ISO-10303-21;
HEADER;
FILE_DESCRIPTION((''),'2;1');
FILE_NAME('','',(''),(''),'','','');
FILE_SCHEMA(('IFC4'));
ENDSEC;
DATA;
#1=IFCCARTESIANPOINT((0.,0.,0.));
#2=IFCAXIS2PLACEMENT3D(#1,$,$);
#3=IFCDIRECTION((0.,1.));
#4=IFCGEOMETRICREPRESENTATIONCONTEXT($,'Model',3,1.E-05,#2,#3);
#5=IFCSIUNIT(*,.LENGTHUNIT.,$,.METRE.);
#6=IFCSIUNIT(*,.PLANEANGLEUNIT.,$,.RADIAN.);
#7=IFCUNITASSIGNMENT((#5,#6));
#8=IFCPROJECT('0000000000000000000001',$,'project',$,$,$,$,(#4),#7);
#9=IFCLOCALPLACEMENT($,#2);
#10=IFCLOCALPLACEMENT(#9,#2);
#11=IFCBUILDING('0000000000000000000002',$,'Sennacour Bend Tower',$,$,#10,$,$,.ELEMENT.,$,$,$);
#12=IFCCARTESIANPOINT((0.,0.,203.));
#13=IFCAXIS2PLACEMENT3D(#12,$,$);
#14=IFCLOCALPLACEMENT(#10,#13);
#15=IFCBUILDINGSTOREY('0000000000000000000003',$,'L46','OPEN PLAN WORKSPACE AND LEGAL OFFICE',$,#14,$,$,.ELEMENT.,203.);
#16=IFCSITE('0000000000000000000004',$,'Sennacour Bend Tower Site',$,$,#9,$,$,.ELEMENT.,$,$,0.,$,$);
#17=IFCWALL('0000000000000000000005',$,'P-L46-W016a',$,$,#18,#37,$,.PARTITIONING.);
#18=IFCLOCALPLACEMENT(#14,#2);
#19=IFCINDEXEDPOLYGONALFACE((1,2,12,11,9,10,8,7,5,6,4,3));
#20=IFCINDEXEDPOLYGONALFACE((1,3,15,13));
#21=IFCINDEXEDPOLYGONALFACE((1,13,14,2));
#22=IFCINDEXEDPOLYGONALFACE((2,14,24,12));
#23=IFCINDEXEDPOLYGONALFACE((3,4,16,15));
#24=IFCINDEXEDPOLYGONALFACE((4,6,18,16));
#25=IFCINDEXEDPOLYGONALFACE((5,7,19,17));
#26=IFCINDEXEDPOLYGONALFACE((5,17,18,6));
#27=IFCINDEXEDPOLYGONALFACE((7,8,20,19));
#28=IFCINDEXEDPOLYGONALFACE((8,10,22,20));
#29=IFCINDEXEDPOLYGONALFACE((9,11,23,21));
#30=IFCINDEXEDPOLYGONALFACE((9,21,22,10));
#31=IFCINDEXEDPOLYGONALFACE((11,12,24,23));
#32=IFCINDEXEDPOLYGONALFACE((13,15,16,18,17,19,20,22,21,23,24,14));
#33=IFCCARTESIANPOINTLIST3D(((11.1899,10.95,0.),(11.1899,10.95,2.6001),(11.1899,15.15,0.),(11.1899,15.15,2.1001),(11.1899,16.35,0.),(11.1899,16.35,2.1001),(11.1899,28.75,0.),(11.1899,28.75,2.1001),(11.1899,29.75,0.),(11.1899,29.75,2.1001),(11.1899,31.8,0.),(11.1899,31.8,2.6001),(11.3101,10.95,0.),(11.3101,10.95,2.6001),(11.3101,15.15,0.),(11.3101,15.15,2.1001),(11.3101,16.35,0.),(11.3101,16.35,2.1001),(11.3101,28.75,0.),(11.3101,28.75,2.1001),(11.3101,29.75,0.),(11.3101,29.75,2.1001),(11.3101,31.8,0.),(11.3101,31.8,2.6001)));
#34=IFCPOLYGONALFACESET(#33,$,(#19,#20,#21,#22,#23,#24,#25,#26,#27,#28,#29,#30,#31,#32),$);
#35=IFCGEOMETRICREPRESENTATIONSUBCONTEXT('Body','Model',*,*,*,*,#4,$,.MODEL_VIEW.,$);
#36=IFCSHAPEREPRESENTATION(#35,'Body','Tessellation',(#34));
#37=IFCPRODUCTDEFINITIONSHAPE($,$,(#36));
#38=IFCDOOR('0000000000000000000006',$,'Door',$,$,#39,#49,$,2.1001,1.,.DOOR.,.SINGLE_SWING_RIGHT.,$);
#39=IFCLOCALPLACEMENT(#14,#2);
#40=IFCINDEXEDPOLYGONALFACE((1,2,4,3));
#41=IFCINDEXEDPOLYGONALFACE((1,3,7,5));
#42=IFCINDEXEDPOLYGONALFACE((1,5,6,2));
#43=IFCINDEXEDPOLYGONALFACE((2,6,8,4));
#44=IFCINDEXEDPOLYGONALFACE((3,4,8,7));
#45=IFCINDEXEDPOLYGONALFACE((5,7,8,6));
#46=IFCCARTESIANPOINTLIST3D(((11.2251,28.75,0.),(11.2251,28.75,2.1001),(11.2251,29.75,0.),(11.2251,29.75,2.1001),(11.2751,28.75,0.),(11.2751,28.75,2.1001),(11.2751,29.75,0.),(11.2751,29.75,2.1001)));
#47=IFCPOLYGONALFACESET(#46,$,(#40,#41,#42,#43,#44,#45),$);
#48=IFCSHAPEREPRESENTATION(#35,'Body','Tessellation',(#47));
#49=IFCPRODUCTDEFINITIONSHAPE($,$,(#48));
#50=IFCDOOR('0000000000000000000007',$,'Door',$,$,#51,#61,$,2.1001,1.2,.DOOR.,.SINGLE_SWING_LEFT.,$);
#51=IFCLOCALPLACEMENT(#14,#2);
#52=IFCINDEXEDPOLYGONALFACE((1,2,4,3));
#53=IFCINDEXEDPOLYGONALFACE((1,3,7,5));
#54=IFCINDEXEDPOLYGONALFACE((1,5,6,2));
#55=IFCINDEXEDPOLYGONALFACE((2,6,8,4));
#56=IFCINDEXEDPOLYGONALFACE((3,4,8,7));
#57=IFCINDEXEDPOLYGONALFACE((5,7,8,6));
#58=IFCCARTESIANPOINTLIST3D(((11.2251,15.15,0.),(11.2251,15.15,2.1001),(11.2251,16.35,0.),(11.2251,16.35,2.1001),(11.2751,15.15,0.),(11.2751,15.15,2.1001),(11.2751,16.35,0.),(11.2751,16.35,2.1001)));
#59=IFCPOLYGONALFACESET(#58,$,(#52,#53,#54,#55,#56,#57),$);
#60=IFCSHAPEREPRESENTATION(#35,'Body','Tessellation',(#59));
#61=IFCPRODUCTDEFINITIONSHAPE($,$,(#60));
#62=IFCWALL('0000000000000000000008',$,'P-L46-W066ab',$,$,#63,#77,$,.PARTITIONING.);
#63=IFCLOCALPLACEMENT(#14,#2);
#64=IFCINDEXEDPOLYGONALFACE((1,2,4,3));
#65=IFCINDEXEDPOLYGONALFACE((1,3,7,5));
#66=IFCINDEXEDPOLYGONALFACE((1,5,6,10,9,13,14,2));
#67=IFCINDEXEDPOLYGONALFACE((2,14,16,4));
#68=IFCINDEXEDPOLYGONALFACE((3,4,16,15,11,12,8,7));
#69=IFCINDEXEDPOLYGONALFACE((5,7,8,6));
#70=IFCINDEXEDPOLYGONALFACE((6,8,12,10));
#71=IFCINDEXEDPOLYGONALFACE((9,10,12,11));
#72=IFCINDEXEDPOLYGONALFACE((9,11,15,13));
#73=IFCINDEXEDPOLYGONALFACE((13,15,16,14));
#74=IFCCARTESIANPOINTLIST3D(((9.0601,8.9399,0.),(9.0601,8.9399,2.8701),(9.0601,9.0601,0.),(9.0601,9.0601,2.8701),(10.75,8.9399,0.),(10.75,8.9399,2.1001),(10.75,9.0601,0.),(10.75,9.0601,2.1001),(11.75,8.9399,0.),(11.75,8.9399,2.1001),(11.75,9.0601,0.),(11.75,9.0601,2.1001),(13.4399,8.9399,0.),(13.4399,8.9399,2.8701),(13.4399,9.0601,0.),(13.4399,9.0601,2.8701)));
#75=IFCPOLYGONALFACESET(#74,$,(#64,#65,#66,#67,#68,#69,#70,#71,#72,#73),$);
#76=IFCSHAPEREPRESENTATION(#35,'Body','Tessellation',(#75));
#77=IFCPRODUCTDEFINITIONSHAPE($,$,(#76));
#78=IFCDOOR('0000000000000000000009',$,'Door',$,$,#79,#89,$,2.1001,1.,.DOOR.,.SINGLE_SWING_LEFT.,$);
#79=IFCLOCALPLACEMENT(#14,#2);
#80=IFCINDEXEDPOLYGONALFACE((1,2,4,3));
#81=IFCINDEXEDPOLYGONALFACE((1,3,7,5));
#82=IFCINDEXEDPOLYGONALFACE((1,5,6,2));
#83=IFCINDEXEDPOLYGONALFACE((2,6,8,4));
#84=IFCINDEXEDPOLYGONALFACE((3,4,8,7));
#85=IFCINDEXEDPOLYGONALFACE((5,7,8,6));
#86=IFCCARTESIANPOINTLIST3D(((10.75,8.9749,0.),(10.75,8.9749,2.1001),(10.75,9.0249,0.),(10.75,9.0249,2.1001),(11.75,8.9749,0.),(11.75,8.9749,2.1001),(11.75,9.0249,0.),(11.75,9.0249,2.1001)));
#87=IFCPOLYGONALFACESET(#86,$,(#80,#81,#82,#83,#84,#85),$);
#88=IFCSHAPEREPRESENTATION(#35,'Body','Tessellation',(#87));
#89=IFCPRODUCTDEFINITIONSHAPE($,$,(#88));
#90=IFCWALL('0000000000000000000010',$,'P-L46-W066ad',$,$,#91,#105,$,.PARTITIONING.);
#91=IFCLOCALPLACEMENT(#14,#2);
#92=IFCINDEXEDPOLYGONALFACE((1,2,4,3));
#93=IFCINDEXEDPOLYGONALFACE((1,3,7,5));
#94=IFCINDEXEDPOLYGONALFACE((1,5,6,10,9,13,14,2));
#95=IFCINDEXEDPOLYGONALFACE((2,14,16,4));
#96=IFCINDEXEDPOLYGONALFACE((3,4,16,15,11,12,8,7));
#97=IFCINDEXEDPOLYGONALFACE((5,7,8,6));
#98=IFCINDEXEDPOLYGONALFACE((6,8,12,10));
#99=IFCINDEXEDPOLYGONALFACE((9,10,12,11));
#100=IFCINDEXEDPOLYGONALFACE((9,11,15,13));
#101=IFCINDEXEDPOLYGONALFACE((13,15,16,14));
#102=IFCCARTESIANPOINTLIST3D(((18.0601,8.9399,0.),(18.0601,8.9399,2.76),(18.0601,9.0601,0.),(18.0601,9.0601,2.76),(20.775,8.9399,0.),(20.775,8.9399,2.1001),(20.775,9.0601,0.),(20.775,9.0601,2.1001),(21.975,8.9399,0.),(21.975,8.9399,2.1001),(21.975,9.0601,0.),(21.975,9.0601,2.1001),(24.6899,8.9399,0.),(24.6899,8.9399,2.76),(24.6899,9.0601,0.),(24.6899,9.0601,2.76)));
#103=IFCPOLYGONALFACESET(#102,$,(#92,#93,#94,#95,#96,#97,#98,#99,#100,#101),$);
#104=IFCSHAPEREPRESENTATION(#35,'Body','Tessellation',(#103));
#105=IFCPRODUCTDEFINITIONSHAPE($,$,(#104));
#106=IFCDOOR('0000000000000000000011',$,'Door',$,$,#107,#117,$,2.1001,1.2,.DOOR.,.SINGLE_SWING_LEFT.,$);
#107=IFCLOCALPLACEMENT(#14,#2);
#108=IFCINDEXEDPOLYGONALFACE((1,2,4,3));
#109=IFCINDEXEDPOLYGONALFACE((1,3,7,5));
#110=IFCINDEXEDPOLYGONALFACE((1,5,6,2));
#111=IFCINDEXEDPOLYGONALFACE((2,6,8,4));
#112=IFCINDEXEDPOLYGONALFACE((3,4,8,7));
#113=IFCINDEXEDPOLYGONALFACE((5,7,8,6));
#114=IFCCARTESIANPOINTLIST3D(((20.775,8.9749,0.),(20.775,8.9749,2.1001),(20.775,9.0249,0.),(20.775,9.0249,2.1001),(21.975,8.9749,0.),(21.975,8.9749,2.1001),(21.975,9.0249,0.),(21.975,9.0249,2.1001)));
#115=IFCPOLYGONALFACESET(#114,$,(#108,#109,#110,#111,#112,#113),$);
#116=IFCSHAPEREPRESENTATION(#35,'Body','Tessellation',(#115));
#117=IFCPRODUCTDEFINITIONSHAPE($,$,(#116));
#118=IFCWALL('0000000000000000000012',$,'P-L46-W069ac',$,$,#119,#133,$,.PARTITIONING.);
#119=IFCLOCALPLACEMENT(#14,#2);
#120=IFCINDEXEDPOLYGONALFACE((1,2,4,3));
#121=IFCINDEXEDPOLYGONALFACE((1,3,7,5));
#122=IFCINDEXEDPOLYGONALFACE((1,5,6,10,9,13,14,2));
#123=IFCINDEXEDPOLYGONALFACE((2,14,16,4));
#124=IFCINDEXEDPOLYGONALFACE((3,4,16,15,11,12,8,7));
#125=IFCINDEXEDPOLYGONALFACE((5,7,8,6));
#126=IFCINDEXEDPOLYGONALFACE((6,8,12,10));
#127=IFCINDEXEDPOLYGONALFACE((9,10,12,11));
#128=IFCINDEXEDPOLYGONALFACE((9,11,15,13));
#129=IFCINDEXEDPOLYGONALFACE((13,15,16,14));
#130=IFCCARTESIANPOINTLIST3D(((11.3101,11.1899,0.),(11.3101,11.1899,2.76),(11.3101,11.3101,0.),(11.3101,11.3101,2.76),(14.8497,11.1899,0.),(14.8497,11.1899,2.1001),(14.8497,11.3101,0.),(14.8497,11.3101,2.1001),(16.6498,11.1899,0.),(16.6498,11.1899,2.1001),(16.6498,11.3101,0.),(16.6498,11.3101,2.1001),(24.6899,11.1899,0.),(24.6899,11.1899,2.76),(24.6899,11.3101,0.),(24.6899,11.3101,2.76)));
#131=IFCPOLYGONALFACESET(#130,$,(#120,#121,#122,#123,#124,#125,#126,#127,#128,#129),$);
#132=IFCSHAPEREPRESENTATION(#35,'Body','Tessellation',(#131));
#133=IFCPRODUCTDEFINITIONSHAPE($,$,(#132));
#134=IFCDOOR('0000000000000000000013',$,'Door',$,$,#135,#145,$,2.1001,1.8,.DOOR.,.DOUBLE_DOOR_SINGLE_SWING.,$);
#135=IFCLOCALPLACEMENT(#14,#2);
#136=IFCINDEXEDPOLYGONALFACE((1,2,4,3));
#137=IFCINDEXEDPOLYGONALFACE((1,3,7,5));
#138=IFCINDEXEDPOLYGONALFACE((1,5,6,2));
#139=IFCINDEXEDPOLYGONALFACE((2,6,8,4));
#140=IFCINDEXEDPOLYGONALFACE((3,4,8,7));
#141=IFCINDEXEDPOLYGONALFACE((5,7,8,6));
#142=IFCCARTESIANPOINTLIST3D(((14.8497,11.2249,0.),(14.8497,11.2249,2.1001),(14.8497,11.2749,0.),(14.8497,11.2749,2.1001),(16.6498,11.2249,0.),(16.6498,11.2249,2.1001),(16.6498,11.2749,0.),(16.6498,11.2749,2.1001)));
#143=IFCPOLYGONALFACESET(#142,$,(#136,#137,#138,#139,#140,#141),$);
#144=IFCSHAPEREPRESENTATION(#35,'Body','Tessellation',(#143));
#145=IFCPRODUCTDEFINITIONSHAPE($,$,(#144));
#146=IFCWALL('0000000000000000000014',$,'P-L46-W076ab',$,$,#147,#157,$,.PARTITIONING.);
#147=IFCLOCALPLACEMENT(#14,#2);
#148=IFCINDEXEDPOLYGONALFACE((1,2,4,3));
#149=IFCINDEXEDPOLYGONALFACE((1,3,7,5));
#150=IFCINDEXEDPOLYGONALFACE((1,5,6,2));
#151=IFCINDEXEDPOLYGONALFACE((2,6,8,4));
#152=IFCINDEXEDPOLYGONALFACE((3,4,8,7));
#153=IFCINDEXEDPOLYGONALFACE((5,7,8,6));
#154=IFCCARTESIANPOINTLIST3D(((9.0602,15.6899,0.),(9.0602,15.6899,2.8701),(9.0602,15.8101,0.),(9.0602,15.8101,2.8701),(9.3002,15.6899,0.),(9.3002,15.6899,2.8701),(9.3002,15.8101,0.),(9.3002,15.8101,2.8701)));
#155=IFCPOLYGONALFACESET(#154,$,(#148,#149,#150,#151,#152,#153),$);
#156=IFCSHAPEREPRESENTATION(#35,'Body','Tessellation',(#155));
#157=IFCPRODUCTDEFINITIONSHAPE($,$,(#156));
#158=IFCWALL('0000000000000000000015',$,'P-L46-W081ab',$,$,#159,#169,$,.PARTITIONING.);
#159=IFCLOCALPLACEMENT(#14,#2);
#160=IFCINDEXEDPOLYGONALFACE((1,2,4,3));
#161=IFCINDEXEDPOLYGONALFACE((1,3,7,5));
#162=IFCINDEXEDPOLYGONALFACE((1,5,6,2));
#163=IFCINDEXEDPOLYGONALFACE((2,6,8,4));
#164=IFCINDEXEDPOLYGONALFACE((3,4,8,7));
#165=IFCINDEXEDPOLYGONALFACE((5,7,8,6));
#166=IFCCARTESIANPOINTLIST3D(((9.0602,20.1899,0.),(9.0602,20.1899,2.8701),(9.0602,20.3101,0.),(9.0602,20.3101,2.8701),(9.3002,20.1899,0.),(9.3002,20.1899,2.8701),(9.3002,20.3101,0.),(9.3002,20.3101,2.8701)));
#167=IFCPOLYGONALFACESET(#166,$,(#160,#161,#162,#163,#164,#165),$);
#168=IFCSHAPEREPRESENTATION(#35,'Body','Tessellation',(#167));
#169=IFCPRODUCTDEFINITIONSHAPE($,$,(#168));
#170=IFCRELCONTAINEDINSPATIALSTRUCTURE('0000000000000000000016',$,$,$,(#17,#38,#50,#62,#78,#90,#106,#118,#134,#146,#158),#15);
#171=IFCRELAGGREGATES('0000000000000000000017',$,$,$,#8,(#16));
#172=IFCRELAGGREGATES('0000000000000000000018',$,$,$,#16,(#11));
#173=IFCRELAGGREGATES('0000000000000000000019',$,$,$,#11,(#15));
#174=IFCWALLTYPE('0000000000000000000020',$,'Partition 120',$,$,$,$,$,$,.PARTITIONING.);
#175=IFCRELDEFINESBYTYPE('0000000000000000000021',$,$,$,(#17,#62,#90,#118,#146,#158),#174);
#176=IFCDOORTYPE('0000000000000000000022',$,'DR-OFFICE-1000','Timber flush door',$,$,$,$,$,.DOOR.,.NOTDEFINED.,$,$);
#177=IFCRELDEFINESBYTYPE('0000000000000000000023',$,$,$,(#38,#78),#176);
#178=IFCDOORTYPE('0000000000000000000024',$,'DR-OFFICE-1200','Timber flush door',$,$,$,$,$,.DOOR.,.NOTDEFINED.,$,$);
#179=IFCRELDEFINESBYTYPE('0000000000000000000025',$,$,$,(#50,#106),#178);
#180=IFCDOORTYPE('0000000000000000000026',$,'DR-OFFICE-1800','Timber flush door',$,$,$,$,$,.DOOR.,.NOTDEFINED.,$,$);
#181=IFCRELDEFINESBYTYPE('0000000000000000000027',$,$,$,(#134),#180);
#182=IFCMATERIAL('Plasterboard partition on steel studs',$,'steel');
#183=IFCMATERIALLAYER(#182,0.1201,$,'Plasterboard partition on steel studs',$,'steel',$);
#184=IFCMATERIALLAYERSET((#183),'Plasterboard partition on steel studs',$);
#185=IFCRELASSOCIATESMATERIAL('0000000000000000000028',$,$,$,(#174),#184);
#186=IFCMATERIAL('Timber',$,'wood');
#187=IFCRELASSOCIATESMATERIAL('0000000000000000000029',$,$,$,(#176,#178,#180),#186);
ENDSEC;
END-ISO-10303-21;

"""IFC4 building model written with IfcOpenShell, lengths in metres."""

from ifc_helpers import new_model, si_unit, direction, frame, frame_2d, origin, place, context, subcontext, project, spatial, rectangle, extrude, material, layer, layer_set, type_object, element, fill, save


model = new_model("IFC4")

# Units and contexts
model_context = context("Model", 3, precision=1e-05, world=origin(), true_north=direction((0.0, 1.0)))
body_context = subcontext(model_context, "Body", "Model", "MODEL_VIEW")
ifc_project = project(units=[si_unit("LENGTHUNIT", "METRE"), si_unit("PLANEANGLEUNIT", "RADIAN")], contexts=[model_context])

# Site, building, storey
site_placement = place(None, origin())
site = spatial("IfcSite", under=ifc_project, at=site_placement, Name="Sennacour Bend Tower Site", CompositionType="ELEMENT", RefElevation=0.0)
building_placement = place(site_placement, origin())
building = spatial("IfcBuilding", under=site, at=building_placement, Name="Sennacour Bend Tower", CompositionType="ELEMENT")
storey_placement = place(building_placement, frame((0.0, 0.0, 203.0)))
storey = spatial("IfcBuildingStorey", under=building, at=storey_placement, Name="L46", Description="OPEN PLAN WORKSPACE AND LEGAL OFFICE", CompositionType="ELEMENT", Elevation=203.0)

# Wall, openings, doors
ifc_material_1 = material(Name="Plasterboard partition on steel studs", Category="steel")
ifc_layer_1 = layer(ifc_material_1, 0.1201, Name="Plasterboard partition on steel studs", Category="steel")
ifc_layer_set_1 = layer_set([ifc_layer_1], Name="Plasterboard partition on steel studs")
wall_type_1 = type_object("IfcWallType", Name="Partition 120", PredefinedType="PARTITIONING", material=ifc_layer_set_1)
wall_1_placement = place(storey_placement, frame((11.25, 10.95, 0.0), z_axis=(0.0, 0.0, 1.0), x_axis=(0.0, 1.0, 0.0)))
wall_1 = element("IfcWall", 1, at=wall_1_placement, inside=storey, type_object=wall_type_1, Name="P-L46-W016a", PredefinedType="PARTITIONING", context=body_context, shape_type="SweptSolid", body=[
    extrude(rectangle(XDim=20.8501, YDim=0.1201, at=frame_2d((10.425, 0.0))), origin(), (0.0, 0.0, 1.0), 2.6001),
])
opening_1_placement = place(wall_1_placement, frame((17.8, 0.0, 0.0)))
opening_1 = element("IfcOpeningElement", 2, at=opening_1_placement, cuts=wall_1, PredefinedType="OPENING", context=body_context, shape_type="SweptSolid", body=[
    extrude(rectangle(XDim=1.0, YDim=2.1001, at=frame_2d((0.5, 1.05))), frame((0.0, 0.0701, 0.0), z_axis=(0.0, -1.0, 0.0), x_axis=(1.0, 0.0, 0.0)), (0.0, 0.0, 1.0), 0.1401),
])
opening_2_placement = place(wall_1_placement, frame((4.2, 0.0, 0.0)))
opening_2 = element("IfcOpeningElement", 3, at=opening_2_placement, cuts=wall_1, PredefinedType="OPENING", context=body_context, shape_type="SweptSolid", body=[
    extrude(rectangle(XDim=1.2, YDim=2.1001, at=frame_2d((0.6001, 1.05))), frame((0.0, 0.0701, 0.0), z_axis=(0.0, -1.0, 0.0), x_axis=(1.0, 0.0, 0.0)), (0.0, 0.0, 1.0), 0.1401),
])
ifc_material_2 = material(Name="Timber", Category="wood")
door_type_1 = type_object("IfcDoorType", Name="DR-OFFICE-1000", Description="Timber flush door", OperationType="NOTDEFINED", PredefinedType="DOOR", material=ifc_material_2)
door_1_placement = place(opening_1_placement, origin())
door_1 = element("IfcDoor", 4, at=door_1_placement, inside=storey, type_object=door_type_1, Name="Door", OperationType="SINGLE_SWING_RIGHT", OverallHeight=2.1001, OverallWidth=1.0, PredefinedType="DOOR", context=body_context, shape_type="SweptSolid", body=[
    extrude(rectangle(XDim=1.0, YDim=2.1001, at=frame_2d((0.5, 1.05))), frame((0.0, 0.0249, 0.0), z_axis=(0.0, -1.0, 0.0), x_axis=(1.0, 0.0, 0.0)), (0.0, 0.0, 1.0), 0.05),
])
fill(opening_1, door_1)
door_type_2 = type_object("IfcDoorType", Name="DR-OFFICE-1200", Description="Timber flush door", OperationType="NOTDEFINED", PredefinedType="DOOR", material=ifc_material_2)
door_2_placement = place(opening_2_placement, origin())
door_2 = element("IfcDoor", 5, at=door_2_placement, inside=storey, type_object=door_type_2, Name="Door", OperationType="SINGLE_SWING_LEFT", OverallHeight=2.1001, OverallWidth=1.2, PredefinedType="DOOR", context=body_context, shape_type="SweptSolid", body=[
    extrude(rectangle(XDim=1.2, YDim=2.1001, at=frame_2d((0.6001, 1.05))), frame((0.0, 0.0249, 0.0), z_axis=(0.0, -1.0, 0.0), x_axis=(1.0, 0.0, 0.0)), (0.0, 0.0, 1.0), 0.05),
])
fill(opening_2, door_2)

# Walls, openings, doors
wall_2_placement = place(storey_placement, frame((9.0601, 9.0, 0.0), z_axis=(0.0, 0.0, 1.0), x_axis=(1.0, 0.0, 0.0)))
wall_2 = element("IfcWall", 6, at=wall_2_placement, inside=storey, type_object=wall_type_1, Name="P-L46-W066ab", PredefinedType="PARTITIONING", context=body_context, shape_type="SweptSolid", body=[
    extrude(rectangle(XDim=4.3799, YDim=0.1201, at=frame_2d((2.1899, 0.0))), origin(), (0.0, 0.0, 1.0), 2.8701),
])
opening_3_placement = place(wall_2_placement, frame((1.6899, 0.0, 0.0)))
opening_3 = element("IfcOpeningElement", 7, at=opening_3_placement, cuts=wall_2, PredefinedType="OPENING", context=body_context, shape_type="SweptSolid", body=[
    extrude(rectangle(XDim=1.0, YDim=2.1001, at=frame_2d((0.5, 1.05))), frame((0.0, 0.0701, 0.0), z_axis=(0.0, -1.0, 0.0), x_axis=(1.0, 0.0, 0.0)), (0.0, 0.0, 1.0), 0.1401),
])
door_3_placement = place(opening_3_placement, origin())
door_3 = element("IfcDoor", 8, at=door_3_placement, inside=storey, type_object=door_type_1, Name="Door", OperationType="SINGLE_SWING_LEFT", OverallHeight=2.1001, OverallWidth=1.0, PredefinedType="DOOR", context=body_context, shape_type="SweptSolid", body=[
    extrude(rectangle(XDim=1.0, YDim=2.1001, at=frame_2d((0.5, 1.05))), frame((0.0, 0.0249, 0.0), z_axis=(0.0, -1.0, 0.0), x_axis=(1.0, 0.0, 0.0)), (0.0, 0.0, 1.0), 0.05),
])
fill(opening_3, door_3)
wall_3_placement = place(storey_placement, frame((18.0601, 9.0, 0.0), z_axis=(0.0, 0.0, 1.0), x_axis=(1.0, 0.0, 0.0)))
wall_3 = element("IfcWall", 9, at=wall_3_placement, inside=storey, type_object=wall_type_1, Name="P-L46-W066ad", PredefinedType="PARTITIONING", context=body_context, shape_type="SweptSolid", body=[
    extrude(rectangle(XDim=6.6299, YDim=0.1201, at=frame_2d((3.3149, 0.0))), origin(), (0.0, 0.0, 1.0), 2.76),
])
opening_4_placement = place(wall_3_placement, frame((2.7148, 0.0, 0.0)))
opening_4 = element("IfcOpeningElement", 10, at=opening_4_placement, cuts=wall_3, PredefinedType="OPENING", context=body_context, shape_type="SweptSolid", body=[
    extrude(rectangle(XDim=1.2, YDim=2.1001, at=frame_2d((0.6001, 1.05))), frame((0.0, 0.0701, 0.0), z_axis=(0.0, -1.0, 0.0), x_axis=(1.0, 0.0, 0.0)), (0.0, 0.0, 1.0), 0.1401),
])
door_4_placement = place(opening_4_placement, origin())
door_4 = element("IfcDoor", 11, at=door_4_placement, inside=storey, type_object=door_type_2, Name="Door", OperationType="SINGLE_SWING_LEFT", OverallHeight=2.1001, OverallWidth=1.2, PredefinedType="DOOR", context=body_context, shape_type="SweptSolid", body=[
    extrude(rectangle(XDim=1.2, YDim=2.1001, at=frame_2d((0.6001, 1.05))), frame((0.0, 0.0249, 0.0), z_axis=(0.0, -1.0, 0.0), x_axis=(1.0, 0.0, 0.0)), (0.0, 0.0, 1.0), 0.05),
])
fill(opening_4, door_4)
wall_4_placement = place(storey_placement, frame((11.3101, 11.25, 0.0), z_axis=(0.0, 0.0, 1.0), x_axis=(1.0, 0.0, 0.0)))
wall_4 = element("IfcWall", 12, at=wall_4_placement, inside=storey, type_object=wall_type_1, Name="P-L46-W069ac", PredefinedType="PARTITIONING", context=body_context, shape_type="SweptSolid", body=[
    extrude(rectangle(XDim=13.3799, YDim=0.1201, at=frame_2d((6.6899, 0.0))), origin(), (0.0, 0.0, 1.0), 2.76),
])
opening_5_placement = place(wall_4_placement, frame((3.5398, 0.0, 0.0)))
opening_5 = element("IfcOpeningElement", 13, at=opening_5_placement, cuts=wall_4, PredefinedType="OPENING", context=body_context, shape_type="SweptSolid", body=[
    extrude(rectangle(XDim=1.8, YDim=2.1001, at=frame_2d((0.8999, 1.05))), frame((0.0, 0.0701, 0.0), z_axis=(0.0, -1.0, 0.0), x_axis=(1.0, 0.0, 0.0)), (0.0, 0.0, 1.0), 0.1401),
])
door_type_3 = type_object("IfcDoorType", Name="DR-OFFICE-1800", Description="Timber flush door", OperationType="NOTDEFINED", PredefinedType="DOOR", material=ifc_material_2)
door_5_placement = place(opening_5_placement, origin())
door_5 = element("IfcDoor", 14, at=door_5_placement, inside=storey, type_object=door_type_3, Name="Door", OperationType="DOUBLE_DOOR_SINGLE_SWING", OverallHeight=2.1001, OverallWidth=1.8, PredefinedType="DOOR", context=body_context, shape_type="SweptSolid", body=[
    extrude(rectangle(XDim=1.8, YDim=2.1001, at=frame_2d((0.8999, 1.05))), frame((0.0, 0.0249, 0.0), z_axis=(0.0, -1.0, 0.0), x_axis=(1.0, 0.0, 0.0)), (0.0, 0.0, 1.0), 0.05),
])
fill(opening_5, door_5)

# Walls
for number, where, z_axis, x_axis, name in (
    (15, (9.0601, 15.75, 0.0), (0.0, 0.0, 1.0), (1.0, 0.0, 0.0), "P-L46-W076ab"),
    (16, (9.0601, 20.25, 0.0), (0.0, 0.0, 1.0), (1.0, 0.0, 0.0), "P-L46-W081ab"),
):
    element("IfcWall", number, at=place(storey_placement, frame(where, z_axis=z_axis, x_axis=x_axis)), inside=storey, type_object=wall_type_1, Name=name, PredefinedType="PARTITIONING", context=body_context, shape_type="SweptSolid", body=[
        extrude(rectangle(XDim=0.24, YDim=0.1201, at=frame_2d((0.1201, 0.0))), origin(), (0.0, 0.0, 1.0), 2.8701),
    ])

save(model, "model.ifc")
